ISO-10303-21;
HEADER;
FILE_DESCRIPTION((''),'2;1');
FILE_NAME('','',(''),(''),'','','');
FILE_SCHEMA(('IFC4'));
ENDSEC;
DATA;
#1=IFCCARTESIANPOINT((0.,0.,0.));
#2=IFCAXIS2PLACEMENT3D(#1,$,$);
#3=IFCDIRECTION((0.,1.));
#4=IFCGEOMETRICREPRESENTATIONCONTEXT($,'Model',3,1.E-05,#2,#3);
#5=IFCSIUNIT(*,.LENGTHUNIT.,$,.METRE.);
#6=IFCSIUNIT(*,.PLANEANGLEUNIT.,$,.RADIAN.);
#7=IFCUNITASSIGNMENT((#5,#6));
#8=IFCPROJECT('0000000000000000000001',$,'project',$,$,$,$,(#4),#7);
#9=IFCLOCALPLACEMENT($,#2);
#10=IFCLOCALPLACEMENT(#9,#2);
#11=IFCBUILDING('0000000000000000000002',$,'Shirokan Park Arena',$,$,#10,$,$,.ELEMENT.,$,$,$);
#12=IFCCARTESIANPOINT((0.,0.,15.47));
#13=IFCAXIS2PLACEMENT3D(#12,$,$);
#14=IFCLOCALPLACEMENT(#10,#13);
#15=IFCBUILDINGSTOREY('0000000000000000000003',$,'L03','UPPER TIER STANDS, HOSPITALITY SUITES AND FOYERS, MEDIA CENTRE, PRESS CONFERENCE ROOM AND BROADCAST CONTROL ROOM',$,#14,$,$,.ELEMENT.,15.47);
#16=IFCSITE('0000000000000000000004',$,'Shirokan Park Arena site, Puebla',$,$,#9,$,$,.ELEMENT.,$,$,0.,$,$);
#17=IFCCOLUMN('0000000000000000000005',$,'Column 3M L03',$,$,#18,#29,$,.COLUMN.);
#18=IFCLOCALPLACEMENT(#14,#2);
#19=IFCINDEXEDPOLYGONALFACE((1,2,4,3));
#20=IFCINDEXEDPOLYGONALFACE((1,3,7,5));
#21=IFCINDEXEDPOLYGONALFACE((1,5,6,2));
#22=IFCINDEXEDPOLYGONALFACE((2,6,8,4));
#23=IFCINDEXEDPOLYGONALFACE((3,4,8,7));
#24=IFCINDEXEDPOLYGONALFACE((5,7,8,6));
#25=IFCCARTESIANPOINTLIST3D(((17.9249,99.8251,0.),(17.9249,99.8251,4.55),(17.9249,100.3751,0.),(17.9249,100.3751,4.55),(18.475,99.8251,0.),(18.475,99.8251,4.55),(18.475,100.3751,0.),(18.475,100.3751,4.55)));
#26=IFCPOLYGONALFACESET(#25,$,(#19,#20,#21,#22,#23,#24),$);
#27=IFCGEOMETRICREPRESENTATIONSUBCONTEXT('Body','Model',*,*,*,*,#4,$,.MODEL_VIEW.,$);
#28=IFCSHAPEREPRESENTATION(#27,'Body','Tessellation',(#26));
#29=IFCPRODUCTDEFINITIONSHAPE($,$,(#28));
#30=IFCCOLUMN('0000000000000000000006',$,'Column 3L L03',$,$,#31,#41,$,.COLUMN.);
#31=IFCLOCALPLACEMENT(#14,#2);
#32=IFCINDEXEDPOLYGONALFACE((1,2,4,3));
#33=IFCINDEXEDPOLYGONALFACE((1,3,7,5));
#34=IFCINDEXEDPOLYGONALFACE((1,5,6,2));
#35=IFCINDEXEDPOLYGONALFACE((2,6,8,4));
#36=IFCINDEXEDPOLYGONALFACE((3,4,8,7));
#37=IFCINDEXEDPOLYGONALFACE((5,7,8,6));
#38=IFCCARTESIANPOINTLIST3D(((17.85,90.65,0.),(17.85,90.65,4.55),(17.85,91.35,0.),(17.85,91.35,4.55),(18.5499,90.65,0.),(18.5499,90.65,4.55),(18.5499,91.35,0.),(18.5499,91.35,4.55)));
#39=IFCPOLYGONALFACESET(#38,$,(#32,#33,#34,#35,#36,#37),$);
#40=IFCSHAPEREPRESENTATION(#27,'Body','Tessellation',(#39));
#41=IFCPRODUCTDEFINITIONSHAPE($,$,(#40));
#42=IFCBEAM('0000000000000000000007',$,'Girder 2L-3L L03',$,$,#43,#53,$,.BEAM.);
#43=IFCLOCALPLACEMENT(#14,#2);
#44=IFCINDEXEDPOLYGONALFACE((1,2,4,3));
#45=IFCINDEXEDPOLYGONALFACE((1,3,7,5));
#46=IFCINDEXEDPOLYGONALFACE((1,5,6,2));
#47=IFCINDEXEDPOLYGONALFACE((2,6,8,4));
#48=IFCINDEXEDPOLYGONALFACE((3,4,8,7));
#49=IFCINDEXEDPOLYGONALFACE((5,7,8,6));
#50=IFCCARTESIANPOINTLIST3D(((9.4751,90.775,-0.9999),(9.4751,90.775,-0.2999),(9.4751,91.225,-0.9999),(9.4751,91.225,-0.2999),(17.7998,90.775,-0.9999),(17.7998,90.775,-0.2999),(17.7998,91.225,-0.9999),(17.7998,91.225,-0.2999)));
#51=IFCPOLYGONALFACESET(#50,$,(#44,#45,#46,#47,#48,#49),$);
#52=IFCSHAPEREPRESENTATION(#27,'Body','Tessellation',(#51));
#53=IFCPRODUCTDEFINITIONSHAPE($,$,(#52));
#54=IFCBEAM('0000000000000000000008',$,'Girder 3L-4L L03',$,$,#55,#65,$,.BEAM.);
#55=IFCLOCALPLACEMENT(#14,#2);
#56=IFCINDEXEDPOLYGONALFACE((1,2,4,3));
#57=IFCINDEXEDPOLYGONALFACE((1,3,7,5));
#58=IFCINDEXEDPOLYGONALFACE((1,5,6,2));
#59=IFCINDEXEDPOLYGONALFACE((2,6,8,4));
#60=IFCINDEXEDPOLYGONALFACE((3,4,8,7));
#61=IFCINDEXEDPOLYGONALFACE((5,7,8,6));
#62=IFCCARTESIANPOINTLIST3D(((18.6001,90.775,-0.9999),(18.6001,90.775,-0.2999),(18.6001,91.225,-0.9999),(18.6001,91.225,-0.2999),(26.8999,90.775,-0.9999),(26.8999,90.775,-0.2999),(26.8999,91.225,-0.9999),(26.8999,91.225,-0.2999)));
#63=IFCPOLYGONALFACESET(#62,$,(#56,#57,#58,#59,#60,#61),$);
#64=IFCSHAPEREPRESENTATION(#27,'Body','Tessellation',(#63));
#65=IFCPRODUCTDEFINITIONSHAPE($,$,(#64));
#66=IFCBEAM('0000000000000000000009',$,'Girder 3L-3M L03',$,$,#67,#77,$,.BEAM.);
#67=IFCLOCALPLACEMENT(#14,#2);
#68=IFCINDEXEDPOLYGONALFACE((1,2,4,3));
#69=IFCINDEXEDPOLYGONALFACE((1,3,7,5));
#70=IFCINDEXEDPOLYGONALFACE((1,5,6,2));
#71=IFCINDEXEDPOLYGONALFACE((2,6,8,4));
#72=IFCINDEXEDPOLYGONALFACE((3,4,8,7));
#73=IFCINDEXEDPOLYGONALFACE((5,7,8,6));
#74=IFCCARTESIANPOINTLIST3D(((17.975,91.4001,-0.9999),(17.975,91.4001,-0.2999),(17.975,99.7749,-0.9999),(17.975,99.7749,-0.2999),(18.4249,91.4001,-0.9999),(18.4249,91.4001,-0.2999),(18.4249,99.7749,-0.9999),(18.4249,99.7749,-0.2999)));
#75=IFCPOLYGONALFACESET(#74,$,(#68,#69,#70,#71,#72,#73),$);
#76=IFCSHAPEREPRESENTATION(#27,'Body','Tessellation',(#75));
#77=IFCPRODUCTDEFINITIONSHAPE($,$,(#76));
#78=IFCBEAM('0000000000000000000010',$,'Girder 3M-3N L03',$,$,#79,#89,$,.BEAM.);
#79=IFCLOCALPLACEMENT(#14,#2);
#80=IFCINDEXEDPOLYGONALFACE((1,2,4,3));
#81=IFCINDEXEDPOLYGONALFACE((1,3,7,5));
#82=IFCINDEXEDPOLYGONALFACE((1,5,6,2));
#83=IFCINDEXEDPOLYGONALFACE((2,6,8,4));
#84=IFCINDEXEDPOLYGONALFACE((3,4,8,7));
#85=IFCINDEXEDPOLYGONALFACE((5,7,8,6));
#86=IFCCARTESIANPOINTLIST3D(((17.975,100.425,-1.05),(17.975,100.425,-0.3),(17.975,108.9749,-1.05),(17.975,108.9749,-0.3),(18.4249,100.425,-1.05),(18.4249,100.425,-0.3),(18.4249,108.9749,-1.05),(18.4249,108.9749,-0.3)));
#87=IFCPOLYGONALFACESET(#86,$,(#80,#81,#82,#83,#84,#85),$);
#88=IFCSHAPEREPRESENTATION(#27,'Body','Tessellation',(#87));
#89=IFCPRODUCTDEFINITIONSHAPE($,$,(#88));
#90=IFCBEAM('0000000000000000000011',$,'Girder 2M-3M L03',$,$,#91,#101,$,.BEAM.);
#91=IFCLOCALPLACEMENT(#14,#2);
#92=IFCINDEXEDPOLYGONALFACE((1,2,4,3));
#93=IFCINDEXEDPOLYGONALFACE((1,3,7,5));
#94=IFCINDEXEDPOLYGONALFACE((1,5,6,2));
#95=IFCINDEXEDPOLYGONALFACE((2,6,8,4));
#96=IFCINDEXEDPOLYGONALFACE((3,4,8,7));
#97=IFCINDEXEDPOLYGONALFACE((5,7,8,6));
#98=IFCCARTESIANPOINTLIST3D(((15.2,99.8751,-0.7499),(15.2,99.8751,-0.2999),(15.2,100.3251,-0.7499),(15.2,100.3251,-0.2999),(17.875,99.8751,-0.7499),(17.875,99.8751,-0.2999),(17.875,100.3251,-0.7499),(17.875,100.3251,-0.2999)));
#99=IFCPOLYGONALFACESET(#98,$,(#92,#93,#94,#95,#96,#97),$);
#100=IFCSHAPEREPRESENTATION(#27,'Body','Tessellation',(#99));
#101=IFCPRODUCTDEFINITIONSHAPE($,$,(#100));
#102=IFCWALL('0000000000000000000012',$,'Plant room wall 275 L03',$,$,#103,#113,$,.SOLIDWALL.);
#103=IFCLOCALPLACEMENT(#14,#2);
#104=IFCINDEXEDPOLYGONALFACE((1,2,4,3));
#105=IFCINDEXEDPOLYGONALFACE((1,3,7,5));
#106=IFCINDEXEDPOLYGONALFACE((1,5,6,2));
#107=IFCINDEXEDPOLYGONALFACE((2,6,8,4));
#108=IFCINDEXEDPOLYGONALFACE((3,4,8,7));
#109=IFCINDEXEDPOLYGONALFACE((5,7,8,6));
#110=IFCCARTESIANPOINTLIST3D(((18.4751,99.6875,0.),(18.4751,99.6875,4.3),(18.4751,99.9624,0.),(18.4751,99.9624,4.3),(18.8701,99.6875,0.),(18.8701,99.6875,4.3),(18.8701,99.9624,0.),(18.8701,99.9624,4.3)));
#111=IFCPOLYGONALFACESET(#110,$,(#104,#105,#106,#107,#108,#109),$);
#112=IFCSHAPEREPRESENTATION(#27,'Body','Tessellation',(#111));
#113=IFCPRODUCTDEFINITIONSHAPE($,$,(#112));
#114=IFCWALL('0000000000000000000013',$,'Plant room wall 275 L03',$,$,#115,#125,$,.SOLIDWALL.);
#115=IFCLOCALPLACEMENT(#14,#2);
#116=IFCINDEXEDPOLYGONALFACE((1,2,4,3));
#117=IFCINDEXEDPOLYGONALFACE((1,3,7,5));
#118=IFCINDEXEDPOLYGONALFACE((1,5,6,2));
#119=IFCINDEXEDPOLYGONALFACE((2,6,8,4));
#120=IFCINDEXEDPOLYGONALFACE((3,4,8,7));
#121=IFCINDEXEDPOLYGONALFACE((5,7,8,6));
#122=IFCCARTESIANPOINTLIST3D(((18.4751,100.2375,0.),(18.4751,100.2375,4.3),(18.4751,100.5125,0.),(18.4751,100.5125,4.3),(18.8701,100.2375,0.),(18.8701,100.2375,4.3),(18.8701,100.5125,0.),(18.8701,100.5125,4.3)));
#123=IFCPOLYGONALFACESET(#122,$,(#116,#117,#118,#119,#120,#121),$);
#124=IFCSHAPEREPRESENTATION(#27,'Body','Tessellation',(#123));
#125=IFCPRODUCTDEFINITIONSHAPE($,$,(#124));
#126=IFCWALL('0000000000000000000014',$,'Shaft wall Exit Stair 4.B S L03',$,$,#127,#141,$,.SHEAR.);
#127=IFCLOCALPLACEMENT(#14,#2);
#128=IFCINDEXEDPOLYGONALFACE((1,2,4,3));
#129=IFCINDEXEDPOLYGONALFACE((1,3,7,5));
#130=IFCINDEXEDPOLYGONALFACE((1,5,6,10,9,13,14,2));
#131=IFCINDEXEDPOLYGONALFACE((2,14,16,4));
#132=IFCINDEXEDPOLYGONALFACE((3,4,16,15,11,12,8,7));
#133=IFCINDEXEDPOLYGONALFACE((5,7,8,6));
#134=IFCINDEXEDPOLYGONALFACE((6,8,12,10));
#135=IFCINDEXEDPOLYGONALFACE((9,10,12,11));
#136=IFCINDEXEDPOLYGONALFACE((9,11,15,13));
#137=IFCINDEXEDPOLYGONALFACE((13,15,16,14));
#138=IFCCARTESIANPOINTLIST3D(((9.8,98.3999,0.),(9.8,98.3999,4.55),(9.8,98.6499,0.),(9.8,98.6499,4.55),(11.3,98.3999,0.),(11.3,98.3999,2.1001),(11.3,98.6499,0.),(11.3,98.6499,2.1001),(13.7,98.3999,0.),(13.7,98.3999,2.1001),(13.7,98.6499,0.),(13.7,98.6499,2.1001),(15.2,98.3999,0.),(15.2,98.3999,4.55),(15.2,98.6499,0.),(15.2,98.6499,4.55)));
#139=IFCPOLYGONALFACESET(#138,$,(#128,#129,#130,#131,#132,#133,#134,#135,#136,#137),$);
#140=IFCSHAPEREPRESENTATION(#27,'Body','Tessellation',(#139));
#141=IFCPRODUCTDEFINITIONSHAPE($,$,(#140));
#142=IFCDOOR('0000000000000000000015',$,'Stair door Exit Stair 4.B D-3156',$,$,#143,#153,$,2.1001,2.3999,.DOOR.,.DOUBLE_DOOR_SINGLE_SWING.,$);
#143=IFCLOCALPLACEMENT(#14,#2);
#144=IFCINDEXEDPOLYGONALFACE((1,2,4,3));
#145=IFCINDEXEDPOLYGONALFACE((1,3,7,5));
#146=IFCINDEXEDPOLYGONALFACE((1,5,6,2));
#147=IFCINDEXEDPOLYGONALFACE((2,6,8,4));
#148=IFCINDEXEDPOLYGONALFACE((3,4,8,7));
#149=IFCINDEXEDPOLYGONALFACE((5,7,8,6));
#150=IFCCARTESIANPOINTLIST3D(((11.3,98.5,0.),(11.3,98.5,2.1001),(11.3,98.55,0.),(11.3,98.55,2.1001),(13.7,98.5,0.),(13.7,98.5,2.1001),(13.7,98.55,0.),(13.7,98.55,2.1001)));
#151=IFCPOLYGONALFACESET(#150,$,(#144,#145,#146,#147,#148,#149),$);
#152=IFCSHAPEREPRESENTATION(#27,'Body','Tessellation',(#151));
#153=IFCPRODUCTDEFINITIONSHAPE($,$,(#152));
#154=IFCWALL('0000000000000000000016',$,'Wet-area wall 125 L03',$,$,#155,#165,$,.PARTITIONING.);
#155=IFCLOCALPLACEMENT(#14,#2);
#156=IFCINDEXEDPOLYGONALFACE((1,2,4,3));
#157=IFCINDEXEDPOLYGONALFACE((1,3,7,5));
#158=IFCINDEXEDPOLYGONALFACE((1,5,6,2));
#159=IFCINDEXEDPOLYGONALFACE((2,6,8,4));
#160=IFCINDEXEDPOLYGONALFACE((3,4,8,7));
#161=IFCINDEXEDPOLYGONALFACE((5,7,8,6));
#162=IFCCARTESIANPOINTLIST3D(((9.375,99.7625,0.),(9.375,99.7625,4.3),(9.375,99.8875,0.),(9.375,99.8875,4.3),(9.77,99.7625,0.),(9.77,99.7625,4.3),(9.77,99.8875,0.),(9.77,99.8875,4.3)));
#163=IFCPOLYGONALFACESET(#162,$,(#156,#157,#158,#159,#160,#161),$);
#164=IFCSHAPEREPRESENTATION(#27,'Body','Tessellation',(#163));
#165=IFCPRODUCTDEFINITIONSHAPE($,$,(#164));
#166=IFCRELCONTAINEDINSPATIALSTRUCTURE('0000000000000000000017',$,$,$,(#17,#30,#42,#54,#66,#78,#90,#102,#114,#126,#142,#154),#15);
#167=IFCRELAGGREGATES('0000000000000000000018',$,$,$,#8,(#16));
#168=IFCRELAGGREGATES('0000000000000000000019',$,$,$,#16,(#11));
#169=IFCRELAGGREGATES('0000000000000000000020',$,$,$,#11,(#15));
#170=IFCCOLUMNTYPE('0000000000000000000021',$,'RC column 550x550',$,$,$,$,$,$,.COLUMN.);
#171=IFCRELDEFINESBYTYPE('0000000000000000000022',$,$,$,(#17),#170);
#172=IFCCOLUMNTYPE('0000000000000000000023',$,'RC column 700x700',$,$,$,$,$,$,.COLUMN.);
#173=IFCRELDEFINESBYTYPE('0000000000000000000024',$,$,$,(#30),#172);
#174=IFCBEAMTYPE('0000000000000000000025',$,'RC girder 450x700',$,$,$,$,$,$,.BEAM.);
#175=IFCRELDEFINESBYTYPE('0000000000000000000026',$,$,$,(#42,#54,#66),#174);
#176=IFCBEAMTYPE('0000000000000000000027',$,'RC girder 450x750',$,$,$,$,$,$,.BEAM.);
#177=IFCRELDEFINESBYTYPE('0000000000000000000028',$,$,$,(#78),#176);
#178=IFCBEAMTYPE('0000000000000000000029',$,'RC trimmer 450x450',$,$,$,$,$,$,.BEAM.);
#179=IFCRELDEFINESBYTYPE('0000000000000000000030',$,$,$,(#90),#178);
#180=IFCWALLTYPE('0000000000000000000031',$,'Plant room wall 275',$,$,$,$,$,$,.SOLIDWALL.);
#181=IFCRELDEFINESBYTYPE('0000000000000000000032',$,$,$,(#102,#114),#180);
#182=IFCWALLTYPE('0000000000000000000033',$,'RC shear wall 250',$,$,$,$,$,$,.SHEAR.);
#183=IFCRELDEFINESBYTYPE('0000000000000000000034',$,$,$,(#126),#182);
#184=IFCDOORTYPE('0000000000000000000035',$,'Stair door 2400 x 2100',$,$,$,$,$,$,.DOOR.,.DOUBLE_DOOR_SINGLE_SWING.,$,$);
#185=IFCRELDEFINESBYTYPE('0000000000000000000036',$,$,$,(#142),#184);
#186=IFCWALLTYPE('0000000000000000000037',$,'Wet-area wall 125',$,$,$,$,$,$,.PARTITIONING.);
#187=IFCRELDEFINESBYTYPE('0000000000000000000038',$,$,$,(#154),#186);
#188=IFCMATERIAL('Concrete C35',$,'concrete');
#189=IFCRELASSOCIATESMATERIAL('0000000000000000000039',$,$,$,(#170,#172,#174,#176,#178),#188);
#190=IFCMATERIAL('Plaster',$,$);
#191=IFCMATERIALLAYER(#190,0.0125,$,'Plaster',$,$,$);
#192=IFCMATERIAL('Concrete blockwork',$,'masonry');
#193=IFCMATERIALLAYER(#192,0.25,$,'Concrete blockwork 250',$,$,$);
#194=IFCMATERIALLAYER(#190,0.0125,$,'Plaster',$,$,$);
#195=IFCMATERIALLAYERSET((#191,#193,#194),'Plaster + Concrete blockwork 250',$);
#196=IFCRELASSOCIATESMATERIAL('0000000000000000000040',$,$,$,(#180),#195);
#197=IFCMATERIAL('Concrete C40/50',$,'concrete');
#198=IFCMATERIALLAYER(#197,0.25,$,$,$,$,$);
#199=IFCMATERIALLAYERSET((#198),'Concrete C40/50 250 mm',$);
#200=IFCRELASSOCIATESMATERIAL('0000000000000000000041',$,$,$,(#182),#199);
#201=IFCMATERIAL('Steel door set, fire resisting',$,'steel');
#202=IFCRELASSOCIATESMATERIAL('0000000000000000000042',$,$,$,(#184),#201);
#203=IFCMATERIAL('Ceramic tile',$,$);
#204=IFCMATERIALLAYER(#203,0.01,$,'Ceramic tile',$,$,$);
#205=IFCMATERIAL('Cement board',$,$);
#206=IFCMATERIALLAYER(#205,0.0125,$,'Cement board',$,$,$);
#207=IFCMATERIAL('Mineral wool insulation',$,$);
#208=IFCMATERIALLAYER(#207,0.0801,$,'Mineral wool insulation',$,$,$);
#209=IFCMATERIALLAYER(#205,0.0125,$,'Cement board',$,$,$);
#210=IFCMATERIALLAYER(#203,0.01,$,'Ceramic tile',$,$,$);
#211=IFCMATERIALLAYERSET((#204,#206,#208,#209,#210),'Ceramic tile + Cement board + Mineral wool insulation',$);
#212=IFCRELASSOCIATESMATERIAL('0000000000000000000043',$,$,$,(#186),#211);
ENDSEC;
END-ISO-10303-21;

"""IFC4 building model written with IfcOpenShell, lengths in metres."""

from ifc_helpers import new_model, si_unit, direction, frame, frame_2d, origin, origin_2d, place, context, subcontext, project, spatial, rectangle, extrude, material, layer, layer_set, material_profile, profile_set, type_object, element, fill, save


model = new_model("IFC4")

# Units and contexts
model_context = context("Model", 3, precision=1e-05, world=origin(), true_north=direction((0.0, 1.0)))
body_context = subcontext(model_context, "Body", "Model", "MODEL_VIEW")
ifc_project = project(units=[si_unit("LENGTHUNIT", "METRE"), si_unit("PLANEANGLEUNIT", "RADIAN")], contexts=[model_context])

# Site, building, storey
site_placement = place(None, origin())
site = spatial("IfcSite", under=ifc_project, at=site_placement, Name="Shirokan Park Arena site, Puebla", CompositionType="ELEMENT", RefElevation=0.0)
building_placement = place(site_placement, origin())
building = spatial("IfcBuilding", under=site, at=building_placement, Name="Shirokan Park Arena", CompositionType="ELEMENT")
storey_placement = place(building_placement, frame((0.0, 0.0, 15.47)))
storey = spatial("IfcBuildingStorey", under=building, at=storey_placement, Name="L03", Description="UPPER TIER STANDS, HOSPITALITY SUITES AND FOYERS, MEDIA CENTRE, PRESS CONFERENCE ROOM AND BROADCAST CONTROL ROOM", CompositionType="ELEMENT", Elevation=15.47)

# Columns
ifc_material_1 = material(Name="Concrete C35", Category="concrete")
ifc_material_profile_1 = material_profile(ifc_material_1, rectangle(XDim=0.55, YDim=0.55, at=origin_2d()), Name="550x550")
ifc_profile_set_1 = profile_set([ifc_material_profile_1], Name="Concrete C35")
column_type_1 = type_object("IfcColumnType", Name="RC column 550x550", PredefinedType="COLUMN", material=ifc_profile_set_1)
column_1_placement = place(storey_placement, frame((18.2, 100.1001, 0.0), z_axis=(0.0, 0.0, 1.0), x_axis=(1.0, 0.0, 0.0)))
element("IfcColumn", 1, at=column_1_placement, inside=storey, type_object=column_type_1, Name="Column 3M L03", PredefinedType="COLUMN", context=body_context, shape_type="SweptSolid", body=[
    extrude(rectangle(XDim=0.55, YDim=0.55, at=origin_2d()), origin(), (0.0, 0.0, 1.0), 4.55),
])
ifc_material_profile_2 = material_profile(ifc_material_1, rectangle(XDim=0.7, YDim=0.7, at=origin_2d()), Name="700x700")
ifc_profile_set_2 = profile_set([ifc_material_profile_2], Name="Concrete C35")
column_type_2 = type_object("IfcColumnType", Name="RC column 700x700", PredefinedType="COLUMN", material=ifc_profile_set_2)
column_2_placement = place(storey_placement, frame((18.2, 91.0, 0.0), z_axis=(0.0, 0.0, 1.0), x_axis=(1.0, 0.0, 0.0)))
element("IfcColumn", 2, at=column_2_placement, inside=storey, type_object=column_type_2, Name="Column 3L L03", PredefinedType="COLUMN", context=body_context, shape_type="SweptSolid", body=[
    extrude(rectangle(XDim=0.7, YDim=0.7, at=origin_2d()), origin(), (0.0, 0.0, 1.0), 4.55),
])

# Beams
ifc_material_profile_3 = material_profile(ifc_material_1, rectangle(XDim=0.45, YDim=0.7, at=origin_2d()), Name="450x700")
ifc_profile_set_3 = profile_set([ifc_material_profile_3], Name="Concrete C35")
beam_type_1 = type_object("IfcBeamType", Name="RC girder 450x700", PredefinedType="BEAM", material=ifc_profile_set_3)
beam_1_placement = place(storey_placement, frame((9.4751, 91.0, -0.6499), z_axis=(1.0, 0.0, 0.0), x_axis=(0.0, 1.0, 0.0)))
element("IfcBeam", 3, at=beam_1_placement, inside=storey, type_object=beam_type_1, Name="Girder 2L-3L L03", PredefinedType="BEAM", context=body_context, shape_type="SweptSolid", body=[
    extrude(rectangle(XDim=0.45, YDim=0.7, at=origin_2d()), origin(), (0.0, 0.0, 1.0), 8.3247),
])
beam_2_placement = place(storey_placement, frame((18.6001, 91.0, -0.6499), z_axis=(1.0, 0.0, 0.0), x_axis=(0.0, 1.0, 0.0)))
element("IfcBeam", 4, at=beam_2_placement, inside=storey, type_object=beam_type_1, Name="Girder 3L-4L L03", PredefinedType="BEAM", context=body_context, shape_type="SweptSolid", body=[
    extrude(rectangle(XDim=0.45, YDim=0.7, at=origin_2d()), origin(), (0.0, 0.0, 1.0), 8.2998),
])
beam_3_placement = place(storey_placement, frame((18.2, 91.4001, -0.6499), z_axis=(0.0, 1.0, 0.0), x_axis=(-1.0, 0.0, 0.0)))
element("IfcBeam", 5, at=beam_3_placement, inside=storey, type_object=beam_type_1, Name="Girder 3L-3M L03", PredefinedType="BEAM", context=body_context, shape_type="SweptSolid", body=[
    extrude(rectangle(XDim=0.45, YDim=0.7, at=origin_2d()), origin(), (0.0, 0.0, 1.0), 8.3748),
])
ifc_material_profile_4 = material_profile(ifc_material_1, rectangle(XDim=0.45, YDim=0.75, at=origin_2d()), Name="450x750")
ifc_profile_set_4 = profile_set([ifc_material_profile_4], Name="Concrete C35")
beam_type_2 = type_object("IfcBeamType", Name="RC girder 450x750", PredefinedType="BEAM", material=ifc_profile_set_4)
beam_4_placement = place(storey_placement, frame((18.2, 100.425, -0.675), z_axis=(0.0, 1.0, 0.0), x_axis=(-1.0, 0.0, 0.0)))
element("IfcBeam", 6, at=beam_4_placement, inside=storey, type_object=beam_type_2, Name="Girder 3M-3N L03", PredefinedType="BEAM", context=body_context, shape_type="SweptSolid", body=[
    extrude(rectangle(XDim=0.45, YDim=0.75, at=origin_2d()), origin(), (0.0, 0.0, 1.0), 8.5498),
])
ifc_material_profile_5 = material_profile(ifc_material_1, rectangle(XDim=0.45, YDim=0.45, at=origin_2d()), Name="450x450")
ifc_profile_set_5 = profile_set([ifc_material_profile_5], Name="Concrete C35")
beam_type_3 = type_object("IfcBeamType", Name="RC trimmer 450x450", PredefinedType="BEAM", material=ifc_profile_set_5)
beam_5_placement = place(storey_placement, frame((15.2, 100.1001, -0.5249), z_axis=(1.0, 0.0, 0.0), x_axis=(0.0, 1.0, 0.0)))
element("IfcBeam", 7, at=beam_5_placement, inside=storey, type_object=beam_type_3, Name="Girder 2M-3M L03", PredefinedType="BEAM", context=body_context, shape_type="SweptSolid", body=[
    extrude(rectangle(XDim=0.45, YDim=0.45, at=origin_2d()), origin(), (0.0, 0.0, 1.0), 2.675),
])

# Shared definitions
ifc_material_2 = material(Name="Mineral wool insulation")

# Shared definitions
ifc_material_3 = material(Name="Plaster")
ifc_layer_1 = layer(ifc_material_3, 0.0125, Name="Plaster")
ifc_material_4 = material(Name="Concrete blockwork", Category="masonry")
ifc_layer_2 = layer(ifc_material_4, 0.25, Name="Concrete blockwork 250")
ifc_layer_3 = layer(ifc_material_3, 0.0125, Name="Plaster")
ifc_layer_set_1 = layer_set([ifc_layer_1, ifc_layer_2, ifc_layer_3], Name="Plaster + Concrete blockwork 250")
wall_type_1 = type_object("IfcWallType", Name="Plant room wall 275", PredefinedType="SOLIDWALL", material=ifc_layer_set_1)

# Walls
for number, where, z_axis, x_axis, name in (
    (8, (18.4751, 99.825, 0.0), (0.0, 0.0, 1.0), (1.0, 0.0, 0.0), "Plant room wall 275 L03"),
    (9, (18.8701, 100.375, 0.0), (0.0, 0.0, 1.0), (-1.0, 0.0, 0.0), "Plant room wall 275 L03"),
):
    element("IfcWall", number, at=place(storey_placement, frame(where, z_axis=z_axis, x_axis=x_axis)), inside=storey, type_object=wall_type_1, Name=name, PredefinedType="SOLIDWALL", context=body_context, shape_type="SweptSolid", body=[
        extrude(rectangle(XDim=0.395, YDim=0.2749, at=frame_2d((0.1975, 0.0))), origin(), (0.0, 0.0, 1.0), 4.3),
    ])

# Wall, opening, door
ifc_material_5 = material(Name="Concrete C40/50", Category="concrete")
ifc_layer_4 = layer(ifc_material_5, 0.25)
ifc_layer_set_2 = layer_set([ifc_layer_4], Name="Concrete C40/50 250 mm")
wall_type_2 = type_object("IfcWallType", Name="RC shear wall 250", PredefinedType="SHEAR", material=ifc_layer_set_2)
wall_1_placement = place(storey_placement, frame((15.2, 98.5249, 0.0), z_axis=(0.0, 0.0, 1.0), x_axis=(-1.0, 0.0, 0.0)))
wall_1 = element("IfcWall", 10, at=wall_1_placement, inside=storey, type_object=wall_type_2, Name="Shaft wall Exit Stair 4.B S L03", PredefinedType="SHEAR", context=body_context, shape_type="SweptSolid", body=[
    extrude(rectangle(XDim=5.3999, YDim=0.25, at=frame_2d((2.7, 0.0))), origin(), (0.0, 0.0, 1.0), 4.55),
])
opening_1_placement = place(wall_1_placement, frame((1.5, 0.0, 0.0)))
opening_1 = element("IfcOpeningElement", 11, at=opening_1_placement, cuts=wall_1, PredefinedType="OPENING", context=body_context, shape_type="SweptSolid", body=[
    extrude(rectangle(XDim=2.3999, YDim=2.1001, at=frame_2d((1.2, 1.05))), frame((0.0, 0.135, 0.0), z_axis=(0.0, -1.0, 0.0), x_axis=(1.0, 0.0, 0.0)), (0.0, 0.0, 1.0), 0.27),
])
ifc_material_6 = material(Name="Steel door set, fire resisting", Category="steel")
door_type_1 = type_object("IfcDoorType", Name="Stair door 2400 x 2100", OperationType="DOUBLE_DOOR_SINGLE_SWING", PredefinedType="DOOR", material=ifc_material_6)
door_1_placement = place(opening_1_placement, origin())
door_1 = element("IfcDoor", 12, at=door_1_placement, inside=storey, type_object=door_type_1, Name="Stair door Exit Stair 4.B D-3156", OperationType="DOUBLE_DOOR_SINGLE_SWING", OverallHeight=2.1001, OverallWidth=2.3999, PredefinedType="DOOR", context=body_context, shape_type="SweptSolid", body=[
    extrude(rectangle(XDim=2.3999, YDim=2.1001, at=frame_2d((1.2, 1.05))), frame((0.0, 0.0249, 0.0), z_axis=(0.0, -1.0, 0.0), x_axis=(1.0, 0.0, 0.0)), (0.0, 0.0, 1.0), 0.05),
])
fill(opening_1, door_1)

# Wall
ifc_material_7 = material(Name="Ceramic tile")
ifc_layer_5 = layer(ifc_material_7, 0.01, Name="Ceramic tile")
ifc_material_8 = material(Name="Cement board")
ifc_layer_6 = layer(ifc_material_8, 0.0125, Name="Cement board")
ifc_layer_7 = layer(ifc_material_2, 0.0801, Name="Mineral wool insulation")
ifc_layer_8 = layer(ifc_material_8, 0.0125, Name="Cement board")
ifc_layer_9 = layer(ifc_material_7, 0.01, Name="Ceramic tile")
ifc_layer_set_3 = layer_set([ifc_layer_5, ifc_layer_6, ifc_layer_7, ifc_layer_8, ifc_layer_9], Name="Ceramic tile + Cement board + Mineral wool insulation")
wall_type_3 = type_object("IfcWallType", Name="Wet-area wall 125", PredefinedType="PARTITIONING", material=ifc_layer_set_3)
for number, where, z_axis, x_axis, name in (
    (13, (9.375, 99.825, 0.0), (0.0, 0.0, 1.0), (1.0, 0.0, 0.0), "Wet-area wall 125 L03"),
):
    element("IfcWall", number, at=place(storey_placement, frame(where, z_axis=z_axis, x_axis=x_axis)), inside=storey, type_object=wall_type_3, Name=name, PredefinedType="PARTITIONING", context=body_context, shape_type="SweptSolid", body=[
        extrude(rectangle(XDim=0.395, YDim=0.125, at=frame_2d((0.1975, 0.0))), origin(), (0.0, 0.0, 1.0), 4.3),
    ])

save(model, "model.ifc")
